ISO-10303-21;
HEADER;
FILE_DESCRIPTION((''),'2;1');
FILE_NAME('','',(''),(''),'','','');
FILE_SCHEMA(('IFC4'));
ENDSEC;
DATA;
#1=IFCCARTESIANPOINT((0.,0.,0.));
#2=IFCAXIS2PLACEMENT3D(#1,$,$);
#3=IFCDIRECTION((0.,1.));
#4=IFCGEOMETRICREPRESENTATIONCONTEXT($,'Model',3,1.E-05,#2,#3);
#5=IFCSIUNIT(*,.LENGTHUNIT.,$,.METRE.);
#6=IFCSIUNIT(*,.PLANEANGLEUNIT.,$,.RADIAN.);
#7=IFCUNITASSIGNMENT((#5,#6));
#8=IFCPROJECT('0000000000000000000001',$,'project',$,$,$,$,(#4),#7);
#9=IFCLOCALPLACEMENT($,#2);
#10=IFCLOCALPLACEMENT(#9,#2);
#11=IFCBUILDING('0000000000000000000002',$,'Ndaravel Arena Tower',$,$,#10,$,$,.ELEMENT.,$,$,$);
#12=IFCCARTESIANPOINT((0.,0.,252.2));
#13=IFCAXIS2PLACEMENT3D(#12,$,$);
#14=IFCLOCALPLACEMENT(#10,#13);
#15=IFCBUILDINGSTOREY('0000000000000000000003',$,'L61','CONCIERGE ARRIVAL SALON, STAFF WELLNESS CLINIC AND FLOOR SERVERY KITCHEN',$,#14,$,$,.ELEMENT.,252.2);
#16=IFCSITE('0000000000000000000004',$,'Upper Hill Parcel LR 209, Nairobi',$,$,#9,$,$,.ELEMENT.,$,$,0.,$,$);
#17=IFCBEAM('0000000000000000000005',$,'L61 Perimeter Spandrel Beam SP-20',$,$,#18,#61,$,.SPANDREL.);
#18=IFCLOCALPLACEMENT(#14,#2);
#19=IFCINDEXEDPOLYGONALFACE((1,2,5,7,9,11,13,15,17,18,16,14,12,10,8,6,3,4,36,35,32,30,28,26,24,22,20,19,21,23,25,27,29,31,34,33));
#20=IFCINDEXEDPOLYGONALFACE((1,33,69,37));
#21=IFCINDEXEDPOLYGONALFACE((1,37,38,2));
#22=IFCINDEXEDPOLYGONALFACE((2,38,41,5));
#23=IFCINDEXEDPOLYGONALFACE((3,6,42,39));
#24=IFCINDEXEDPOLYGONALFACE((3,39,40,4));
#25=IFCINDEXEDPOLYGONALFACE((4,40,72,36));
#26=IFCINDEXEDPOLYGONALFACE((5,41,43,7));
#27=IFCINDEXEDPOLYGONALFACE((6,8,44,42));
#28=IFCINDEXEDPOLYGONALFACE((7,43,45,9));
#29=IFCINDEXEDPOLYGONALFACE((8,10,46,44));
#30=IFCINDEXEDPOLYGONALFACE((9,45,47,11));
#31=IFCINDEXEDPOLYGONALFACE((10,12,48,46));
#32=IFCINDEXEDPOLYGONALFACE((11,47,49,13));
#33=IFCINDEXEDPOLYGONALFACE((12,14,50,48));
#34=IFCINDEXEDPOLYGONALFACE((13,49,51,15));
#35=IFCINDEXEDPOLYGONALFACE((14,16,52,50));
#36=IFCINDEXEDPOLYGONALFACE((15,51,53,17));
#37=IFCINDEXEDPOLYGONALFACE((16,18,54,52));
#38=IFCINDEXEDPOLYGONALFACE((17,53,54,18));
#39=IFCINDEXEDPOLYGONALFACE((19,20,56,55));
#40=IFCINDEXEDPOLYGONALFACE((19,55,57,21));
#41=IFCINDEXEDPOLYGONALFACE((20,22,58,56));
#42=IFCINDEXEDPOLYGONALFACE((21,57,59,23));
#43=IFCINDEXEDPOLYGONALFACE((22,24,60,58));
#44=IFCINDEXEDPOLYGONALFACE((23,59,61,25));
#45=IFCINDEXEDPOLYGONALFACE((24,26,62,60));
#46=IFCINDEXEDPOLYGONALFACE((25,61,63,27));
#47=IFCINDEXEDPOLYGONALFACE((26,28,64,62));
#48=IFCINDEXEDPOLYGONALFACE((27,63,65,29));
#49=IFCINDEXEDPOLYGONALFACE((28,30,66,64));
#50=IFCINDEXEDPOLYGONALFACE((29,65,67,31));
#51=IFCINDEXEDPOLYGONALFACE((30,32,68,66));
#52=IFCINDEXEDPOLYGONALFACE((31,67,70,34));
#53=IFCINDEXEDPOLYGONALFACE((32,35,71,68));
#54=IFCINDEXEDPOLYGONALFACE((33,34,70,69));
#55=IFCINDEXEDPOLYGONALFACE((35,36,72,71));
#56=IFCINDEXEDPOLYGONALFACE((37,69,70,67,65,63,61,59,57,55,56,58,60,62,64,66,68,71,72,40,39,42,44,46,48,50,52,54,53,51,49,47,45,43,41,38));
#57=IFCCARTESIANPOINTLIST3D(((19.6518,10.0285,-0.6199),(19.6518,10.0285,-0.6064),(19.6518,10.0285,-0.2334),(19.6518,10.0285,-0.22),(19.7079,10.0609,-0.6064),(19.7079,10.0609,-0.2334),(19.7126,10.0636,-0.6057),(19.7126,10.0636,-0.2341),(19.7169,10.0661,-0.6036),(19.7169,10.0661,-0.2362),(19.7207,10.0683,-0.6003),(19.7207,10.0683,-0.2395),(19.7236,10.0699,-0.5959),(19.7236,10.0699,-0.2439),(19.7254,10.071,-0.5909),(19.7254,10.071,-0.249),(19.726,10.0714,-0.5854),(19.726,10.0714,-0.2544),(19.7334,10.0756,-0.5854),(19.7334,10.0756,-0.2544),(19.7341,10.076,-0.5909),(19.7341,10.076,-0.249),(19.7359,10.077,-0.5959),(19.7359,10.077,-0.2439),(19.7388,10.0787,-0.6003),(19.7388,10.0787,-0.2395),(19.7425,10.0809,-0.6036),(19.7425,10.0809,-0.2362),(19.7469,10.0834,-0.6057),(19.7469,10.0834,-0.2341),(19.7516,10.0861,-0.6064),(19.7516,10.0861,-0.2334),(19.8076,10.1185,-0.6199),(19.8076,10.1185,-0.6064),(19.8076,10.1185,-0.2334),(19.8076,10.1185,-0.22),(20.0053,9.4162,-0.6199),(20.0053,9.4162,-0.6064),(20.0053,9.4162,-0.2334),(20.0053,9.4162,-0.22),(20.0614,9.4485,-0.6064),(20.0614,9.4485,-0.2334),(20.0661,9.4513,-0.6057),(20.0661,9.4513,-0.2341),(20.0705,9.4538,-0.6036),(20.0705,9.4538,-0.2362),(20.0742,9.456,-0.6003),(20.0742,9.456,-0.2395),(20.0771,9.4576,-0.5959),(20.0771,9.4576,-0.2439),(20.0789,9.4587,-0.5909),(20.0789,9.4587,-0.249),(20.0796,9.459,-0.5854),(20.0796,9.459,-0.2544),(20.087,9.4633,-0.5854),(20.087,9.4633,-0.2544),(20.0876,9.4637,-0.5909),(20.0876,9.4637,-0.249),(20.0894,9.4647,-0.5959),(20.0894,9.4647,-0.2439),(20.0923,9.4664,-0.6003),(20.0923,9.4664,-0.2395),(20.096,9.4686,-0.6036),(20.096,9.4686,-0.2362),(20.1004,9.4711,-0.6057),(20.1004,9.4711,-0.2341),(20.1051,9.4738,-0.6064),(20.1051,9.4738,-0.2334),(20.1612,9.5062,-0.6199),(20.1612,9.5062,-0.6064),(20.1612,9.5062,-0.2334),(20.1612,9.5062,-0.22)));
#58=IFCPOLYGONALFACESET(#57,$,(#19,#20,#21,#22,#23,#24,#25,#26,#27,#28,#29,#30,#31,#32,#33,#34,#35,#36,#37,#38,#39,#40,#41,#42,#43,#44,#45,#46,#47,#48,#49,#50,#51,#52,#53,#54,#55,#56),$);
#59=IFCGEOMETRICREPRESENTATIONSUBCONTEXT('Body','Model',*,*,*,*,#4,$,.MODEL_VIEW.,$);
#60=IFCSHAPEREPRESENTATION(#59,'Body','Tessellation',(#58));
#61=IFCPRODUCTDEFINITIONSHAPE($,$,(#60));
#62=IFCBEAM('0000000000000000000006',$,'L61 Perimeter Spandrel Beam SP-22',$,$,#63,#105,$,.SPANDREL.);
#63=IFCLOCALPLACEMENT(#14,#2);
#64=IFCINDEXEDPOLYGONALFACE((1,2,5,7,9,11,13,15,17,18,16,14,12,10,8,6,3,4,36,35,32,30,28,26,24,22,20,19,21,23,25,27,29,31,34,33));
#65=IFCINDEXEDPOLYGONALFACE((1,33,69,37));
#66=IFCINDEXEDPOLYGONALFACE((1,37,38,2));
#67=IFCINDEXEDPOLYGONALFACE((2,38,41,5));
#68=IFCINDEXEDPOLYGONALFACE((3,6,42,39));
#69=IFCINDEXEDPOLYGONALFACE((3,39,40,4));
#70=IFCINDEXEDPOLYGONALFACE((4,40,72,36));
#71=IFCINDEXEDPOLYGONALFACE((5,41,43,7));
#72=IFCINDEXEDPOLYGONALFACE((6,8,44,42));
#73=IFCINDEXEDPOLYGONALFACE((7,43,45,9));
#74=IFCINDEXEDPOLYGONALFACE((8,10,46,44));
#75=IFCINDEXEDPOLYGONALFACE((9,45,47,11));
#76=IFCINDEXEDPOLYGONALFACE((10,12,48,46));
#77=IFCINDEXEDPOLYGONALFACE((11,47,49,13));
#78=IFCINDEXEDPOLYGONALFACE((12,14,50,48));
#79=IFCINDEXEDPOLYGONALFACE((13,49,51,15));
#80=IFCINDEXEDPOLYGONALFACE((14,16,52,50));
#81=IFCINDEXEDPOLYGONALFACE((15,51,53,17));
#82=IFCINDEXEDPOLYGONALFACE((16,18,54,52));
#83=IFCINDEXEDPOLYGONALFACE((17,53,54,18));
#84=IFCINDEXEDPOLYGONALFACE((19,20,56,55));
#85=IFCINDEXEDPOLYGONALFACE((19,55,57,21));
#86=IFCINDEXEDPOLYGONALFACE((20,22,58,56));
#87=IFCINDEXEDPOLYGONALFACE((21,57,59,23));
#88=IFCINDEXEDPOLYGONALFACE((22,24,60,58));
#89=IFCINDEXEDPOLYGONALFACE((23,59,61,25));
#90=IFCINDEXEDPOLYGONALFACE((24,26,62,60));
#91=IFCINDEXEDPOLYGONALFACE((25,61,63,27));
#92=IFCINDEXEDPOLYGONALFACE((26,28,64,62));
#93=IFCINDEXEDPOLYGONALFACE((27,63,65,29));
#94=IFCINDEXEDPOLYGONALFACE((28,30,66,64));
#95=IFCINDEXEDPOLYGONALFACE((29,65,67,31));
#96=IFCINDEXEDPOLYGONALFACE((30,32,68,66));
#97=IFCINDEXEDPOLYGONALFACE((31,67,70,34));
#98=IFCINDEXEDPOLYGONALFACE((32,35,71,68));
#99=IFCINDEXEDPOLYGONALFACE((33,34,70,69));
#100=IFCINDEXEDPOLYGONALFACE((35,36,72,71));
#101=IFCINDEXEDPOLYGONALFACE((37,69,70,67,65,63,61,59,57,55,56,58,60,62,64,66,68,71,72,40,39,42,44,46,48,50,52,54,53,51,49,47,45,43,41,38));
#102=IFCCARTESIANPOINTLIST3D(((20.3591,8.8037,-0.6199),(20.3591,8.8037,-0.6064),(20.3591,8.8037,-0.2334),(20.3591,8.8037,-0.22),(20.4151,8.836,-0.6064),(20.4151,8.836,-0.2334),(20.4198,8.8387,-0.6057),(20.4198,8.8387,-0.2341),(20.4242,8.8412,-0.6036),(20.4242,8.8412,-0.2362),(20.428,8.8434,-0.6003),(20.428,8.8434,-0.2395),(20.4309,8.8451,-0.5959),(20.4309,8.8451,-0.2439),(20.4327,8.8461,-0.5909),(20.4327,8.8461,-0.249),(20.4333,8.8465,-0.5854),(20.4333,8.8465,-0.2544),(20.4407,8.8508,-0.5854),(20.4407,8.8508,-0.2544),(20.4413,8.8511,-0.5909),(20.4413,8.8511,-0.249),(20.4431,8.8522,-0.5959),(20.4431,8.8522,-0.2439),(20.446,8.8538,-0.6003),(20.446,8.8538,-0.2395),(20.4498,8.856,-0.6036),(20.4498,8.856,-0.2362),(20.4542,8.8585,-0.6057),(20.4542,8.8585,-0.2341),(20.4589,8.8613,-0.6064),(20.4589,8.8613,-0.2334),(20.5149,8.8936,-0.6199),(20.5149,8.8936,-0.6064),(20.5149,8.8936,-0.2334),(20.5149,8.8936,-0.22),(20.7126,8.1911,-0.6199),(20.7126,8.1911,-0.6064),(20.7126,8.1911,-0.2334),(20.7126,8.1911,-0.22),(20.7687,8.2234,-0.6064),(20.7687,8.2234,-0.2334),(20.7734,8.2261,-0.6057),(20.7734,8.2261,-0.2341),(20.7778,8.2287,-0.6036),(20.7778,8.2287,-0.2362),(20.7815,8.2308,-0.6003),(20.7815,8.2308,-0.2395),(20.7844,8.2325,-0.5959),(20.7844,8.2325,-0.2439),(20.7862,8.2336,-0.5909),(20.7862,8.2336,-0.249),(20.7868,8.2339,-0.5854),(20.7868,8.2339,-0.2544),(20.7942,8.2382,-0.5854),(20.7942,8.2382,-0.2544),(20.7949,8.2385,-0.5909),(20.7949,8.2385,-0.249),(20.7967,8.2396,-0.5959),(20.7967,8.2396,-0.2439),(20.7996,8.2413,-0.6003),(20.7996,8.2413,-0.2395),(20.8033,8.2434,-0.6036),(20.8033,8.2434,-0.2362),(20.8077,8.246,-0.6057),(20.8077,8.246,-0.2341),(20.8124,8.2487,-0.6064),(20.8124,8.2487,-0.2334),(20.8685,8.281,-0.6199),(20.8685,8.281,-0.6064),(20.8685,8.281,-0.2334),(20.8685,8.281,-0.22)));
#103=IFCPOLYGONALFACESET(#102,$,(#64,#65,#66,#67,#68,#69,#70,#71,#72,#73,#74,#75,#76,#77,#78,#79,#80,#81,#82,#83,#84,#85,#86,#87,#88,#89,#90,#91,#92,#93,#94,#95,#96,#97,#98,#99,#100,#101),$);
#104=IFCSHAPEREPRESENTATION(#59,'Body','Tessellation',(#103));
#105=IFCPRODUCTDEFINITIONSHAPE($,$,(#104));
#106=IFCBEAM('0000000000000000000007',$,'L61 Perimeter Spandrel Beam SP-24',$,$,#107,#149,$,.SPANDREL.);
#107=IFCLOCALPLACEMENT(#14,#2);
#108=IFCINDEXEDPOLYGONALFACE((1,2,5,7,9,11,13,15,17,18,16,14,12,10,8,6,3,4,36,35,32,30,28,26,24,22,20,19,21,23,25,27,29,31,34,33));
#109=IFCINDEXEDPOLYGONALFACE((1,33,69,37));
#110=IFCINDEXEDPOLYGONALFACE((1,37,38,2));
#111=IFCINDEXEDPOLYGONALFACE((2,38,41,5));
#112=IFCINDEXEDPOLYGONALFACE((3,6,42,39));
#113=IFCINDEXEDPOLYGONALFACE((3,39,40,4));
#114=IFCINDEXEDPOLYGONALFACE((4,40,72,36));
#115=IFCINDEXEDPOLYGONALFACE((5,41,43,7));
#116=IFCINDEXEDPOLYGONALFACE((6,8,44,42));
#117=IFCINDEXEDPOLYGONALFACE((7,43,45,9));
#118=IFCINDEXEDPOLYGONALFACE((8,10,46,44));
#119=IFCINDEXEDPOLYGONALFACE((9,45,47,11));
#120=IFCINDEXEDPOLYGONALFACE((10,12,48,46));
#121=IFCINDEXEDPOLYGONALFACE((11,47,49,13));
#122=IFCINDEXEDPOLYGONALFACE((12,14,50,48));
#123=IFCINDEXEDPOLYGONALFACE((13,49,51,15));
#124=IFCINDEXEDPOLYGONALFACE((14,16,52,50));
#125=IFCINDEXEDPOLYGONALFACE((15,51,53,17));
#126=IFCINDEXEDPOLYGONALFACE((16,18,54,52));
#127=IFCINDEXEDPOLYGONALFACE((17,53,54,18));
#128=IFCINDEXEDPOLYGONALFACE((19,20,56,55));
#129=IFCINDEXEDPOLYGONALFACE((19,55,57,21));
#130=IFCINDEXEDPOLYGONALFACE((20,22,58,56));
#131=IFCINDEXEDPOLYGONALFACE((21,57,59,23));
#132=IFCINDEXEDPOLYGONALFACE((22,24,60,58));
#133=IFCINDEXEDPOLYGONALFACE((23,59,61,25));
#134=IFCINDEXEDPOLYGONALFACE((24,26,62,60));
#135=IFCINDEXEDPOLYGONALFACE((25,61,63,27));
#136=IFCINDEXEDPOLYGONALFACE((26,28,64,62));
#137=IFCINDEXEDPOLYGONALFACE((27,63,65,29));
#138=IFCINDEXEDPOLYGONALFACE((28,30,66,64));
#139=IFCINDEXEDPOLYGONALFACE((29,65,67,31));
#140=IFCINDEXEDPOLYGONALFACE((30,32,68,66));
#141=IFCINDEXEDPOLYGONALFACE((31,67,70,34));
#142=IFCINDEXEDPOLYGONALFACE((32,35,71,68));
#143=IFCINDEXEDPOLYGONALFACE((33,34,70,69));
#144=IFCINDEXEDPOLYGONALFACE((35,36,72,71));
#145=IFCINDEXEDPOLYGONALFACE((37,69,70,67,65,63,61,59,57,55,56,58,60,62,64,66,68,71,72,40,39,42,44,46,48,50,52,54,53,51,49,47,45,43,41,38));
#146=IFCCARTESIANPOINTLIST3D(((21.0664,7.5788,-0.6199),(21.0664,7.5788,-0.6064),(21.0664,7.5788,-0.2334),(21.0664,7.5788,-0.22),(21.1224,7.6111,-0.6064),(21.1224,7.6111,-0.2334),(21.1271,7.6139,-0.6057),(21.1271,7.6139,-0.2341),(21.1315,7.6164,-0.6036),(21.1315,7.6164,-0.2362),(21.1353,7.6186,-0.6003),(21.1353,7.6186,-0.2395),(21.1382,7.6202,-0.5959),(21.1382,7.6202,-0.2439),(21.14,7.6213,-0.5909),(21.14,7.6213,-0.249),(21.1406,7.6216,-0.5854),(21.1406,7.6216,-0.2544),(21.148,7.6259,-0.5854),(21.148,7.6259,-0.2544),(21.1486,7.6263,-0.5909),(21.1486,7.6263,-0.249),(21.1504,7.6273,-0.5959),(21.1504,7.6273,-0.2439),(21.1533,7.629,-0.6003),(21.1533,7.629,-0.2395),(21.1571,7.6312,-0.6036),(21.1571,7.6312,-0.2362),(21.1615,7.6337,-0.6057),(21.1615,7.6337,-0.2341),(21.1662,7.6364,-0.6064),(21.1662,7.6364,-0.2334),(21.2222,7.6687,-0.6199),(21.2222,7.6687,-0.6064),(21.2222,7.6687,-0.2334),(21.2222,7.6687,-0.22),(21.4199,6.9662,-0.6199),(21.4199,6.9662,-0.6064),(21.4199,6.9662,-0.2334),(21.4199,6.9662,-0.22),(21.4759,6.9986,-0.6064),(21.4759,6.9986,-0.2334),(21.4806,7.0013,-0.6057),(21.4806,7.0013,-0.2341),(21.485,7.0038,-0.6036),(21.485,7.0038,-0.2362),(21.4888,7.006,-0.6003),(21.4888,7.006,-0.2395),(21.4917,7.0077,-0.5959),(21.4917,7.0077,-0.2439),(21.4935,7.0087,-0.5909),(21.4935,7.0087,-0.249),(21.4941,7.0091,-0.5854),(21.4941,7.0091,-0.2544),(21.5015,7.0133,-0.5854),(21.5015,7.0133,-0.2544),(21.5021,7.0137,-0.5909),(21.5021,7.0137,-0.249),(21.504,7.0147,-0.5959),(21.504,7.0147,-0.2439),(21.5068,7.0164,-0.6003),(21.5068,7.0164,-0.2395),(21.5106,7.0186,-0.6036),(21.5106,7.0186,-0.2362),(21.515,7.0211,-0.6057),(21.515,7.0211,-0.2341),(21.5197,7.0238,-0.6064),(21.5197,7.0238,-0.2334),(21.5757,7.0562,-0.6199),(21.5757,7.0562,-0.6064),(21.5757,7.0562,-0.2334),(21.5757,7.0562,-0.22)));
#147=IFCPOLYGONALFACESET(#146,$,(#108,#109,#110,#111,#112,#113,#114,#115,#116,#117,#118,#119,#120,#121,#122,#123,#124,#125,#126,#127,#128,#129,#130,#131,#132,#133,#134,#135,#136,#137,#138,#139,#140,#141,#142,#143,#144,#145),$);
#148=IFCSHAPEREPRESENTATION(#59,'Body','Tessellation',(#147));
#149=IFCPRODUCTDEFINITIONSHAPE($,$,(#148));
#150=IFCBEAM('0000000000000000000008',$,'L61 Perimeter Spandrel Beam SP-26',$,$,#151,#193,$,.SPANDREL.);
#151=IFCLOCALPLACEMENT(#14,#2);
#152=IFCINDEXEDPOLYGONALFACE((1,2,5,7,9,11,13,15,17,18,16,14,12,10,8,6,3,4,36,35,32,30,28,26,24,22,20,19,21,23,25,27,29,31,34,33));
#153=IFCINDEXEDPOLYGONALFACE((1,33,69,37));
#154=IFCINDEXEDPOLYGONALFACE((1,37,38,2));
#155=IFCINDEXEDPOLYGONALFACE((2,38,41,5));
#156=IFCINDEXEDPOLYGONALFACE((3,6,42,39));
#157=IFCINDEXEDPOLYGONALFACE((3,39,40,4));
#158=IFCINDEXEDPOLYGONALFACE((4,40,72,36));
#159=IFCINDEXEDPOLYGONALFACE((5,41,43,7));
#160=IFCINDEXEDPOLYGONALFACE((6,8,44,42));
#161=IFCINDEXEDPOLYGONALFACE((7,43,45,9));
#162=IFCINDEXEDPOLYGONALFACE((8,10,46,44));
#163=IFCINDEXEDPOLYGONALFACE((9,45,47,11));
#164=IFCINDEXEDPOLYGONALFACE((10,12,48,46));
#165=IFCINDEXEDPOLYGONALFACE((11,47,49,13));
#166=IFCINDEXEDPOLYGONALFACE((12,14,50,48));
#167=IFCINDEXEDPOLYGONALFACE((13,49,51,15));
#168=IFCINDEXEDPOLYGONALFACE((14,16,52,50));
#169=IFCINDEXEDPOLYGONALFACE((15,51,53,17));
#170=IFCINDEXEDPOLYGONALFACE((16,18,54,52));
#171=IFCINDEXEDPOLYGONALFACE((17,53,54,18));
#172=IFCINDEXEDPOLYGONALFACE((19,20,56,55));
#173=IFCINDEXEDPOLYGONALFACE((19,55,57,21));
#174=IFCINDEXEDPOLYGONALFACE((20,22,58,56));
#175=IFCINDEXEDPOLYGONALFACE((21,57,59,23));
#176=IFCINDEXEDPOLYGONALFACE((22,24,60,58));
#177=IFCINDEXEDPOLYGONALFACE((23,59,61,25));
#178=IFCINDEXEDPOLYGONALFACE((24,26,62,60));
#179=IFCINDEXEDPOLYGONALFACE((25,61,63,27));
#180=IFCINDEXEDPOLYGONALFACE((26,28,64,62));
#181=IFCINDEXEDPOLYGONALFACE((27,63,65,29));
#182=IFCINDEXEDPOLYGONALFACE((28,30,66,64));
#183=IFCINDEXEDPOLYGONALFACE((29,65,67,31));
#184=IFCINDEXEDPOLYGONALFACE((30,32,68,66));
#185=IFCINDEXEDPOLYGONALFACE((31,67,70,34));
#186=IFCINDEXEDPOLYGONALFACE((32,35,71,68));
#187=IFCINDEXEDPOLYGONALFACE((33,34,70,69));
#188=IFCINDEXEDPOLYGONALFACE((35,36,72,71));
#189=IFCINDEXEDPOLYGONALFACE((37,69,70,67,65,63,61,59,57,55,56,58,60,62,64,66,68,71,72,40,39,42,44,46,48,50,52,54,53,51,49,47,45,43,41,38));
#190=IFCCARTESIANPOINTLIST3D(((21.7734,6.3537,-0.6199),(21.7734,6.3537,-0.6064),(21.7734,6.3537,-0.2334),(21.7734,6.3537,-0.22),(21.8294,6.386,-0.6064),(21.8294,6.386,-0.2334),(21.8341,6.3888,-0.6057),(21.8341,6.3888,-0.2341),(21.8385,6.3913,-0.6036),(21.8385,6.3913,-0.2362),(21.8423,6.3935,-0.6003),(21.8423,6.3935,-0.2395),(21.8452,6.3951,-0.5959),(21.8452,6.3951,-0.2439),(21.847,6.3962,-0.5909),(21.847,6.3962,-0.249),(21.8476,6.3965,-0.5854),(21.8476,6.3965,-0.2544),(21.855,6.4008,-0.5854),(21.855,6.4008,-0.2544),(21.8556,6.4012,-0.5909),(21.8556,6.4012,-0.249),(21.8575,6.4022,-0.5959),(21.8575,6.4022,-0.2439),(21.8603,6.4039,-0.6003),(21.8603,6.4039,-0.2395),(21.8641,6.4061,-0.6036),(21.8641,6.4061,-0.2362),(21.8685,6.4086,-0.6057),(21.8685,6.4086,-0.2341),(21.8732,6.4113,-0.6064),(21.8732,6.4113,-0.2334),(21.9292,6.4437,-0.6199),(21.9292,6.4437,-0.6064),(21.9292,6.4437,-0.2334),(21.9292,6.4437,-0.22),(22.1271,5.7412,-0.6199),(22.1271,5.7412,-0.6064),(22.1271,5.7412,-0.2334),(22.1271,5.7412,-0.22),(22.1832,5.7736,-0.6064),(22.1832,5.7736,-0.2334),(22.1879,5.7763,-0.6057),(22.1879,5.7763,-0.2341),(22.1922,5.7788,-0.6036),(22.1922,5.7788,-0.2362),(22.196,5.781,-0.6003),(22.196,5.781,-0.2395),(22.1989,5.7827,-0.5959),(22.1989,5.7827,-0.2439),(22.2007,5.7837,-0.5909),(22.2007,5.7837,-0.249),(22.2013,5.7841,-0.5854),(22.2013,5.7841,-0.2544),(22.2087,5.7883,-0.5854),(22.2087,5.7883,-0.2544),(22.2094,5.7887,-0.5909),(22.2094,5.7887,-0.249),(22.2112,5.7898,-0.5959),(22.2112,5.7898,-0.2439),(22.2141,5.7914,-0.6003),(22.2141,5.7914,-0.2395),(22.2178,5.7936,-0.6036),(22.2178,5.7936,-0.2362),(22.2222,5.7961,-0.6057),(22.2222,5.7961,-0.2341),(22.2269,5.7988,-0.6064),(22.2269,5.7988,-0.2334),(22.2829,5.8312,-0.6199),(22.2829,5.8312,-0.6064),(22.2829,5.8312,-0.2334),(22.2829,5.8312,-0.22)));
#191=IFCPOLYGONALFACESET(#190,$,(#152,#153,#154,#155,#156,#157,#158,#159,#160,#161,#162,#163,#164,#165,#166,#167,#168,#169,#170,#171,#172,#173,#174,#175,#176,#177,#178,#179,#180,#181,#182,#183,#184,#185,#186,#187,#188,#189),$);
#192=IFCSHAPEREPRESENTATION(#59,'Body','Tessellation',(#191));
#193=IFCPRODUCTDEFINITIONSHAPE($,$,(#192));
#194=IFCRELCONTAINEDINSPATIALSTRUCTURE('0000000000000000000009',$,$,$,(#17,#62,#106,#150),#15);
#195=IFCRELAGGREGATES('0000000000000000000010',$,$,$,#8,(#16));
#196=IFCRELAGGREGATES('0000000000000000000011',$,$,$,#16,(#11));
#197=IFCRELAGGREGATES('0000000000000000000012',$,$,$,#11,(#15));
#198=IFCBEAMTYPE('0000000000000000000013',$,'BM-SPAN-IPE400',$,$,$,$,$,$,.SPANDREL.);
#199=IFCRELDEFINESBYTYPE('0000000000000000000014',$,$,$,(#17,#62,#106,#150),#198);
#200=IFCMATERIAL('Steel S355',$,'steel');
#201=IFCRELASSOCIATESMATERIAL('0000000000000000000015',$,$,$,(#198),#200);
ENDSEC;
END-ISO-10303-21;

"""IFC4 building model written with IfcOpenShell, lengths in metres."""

from ifc_helpers import new_model, si_unit, direction, frame, origin, origin_2d, place, context, subcontext, project, spatial, i_section, extrude, material, material_profile, profile_set, type_object, element, save


model = new_model("IFC4")

# Units and contexts
model_context = context("Model", 3, precision=1e-05, world=origin(), true_north=direction((0.0, 1.0)))
body_context = subcontext(model_context, "Body", "Model", "MODEL_VIEW")
ifc_project = project(units=[si_unit("LENGTHUNIT", "METRE"), si_unit("PLANEANGLEUNIT", "RADIAN")], contexts=[model_context])

# Site, building, storey
site_placement = place(None, origin())
site = spatial("IfcSite", under=ifc_project, at=site_placement, Name="Upper Hill Parcel LR 209, Nairobi", CompositionType="ELEMENT", RefElevation=0.0)
building_placement = place(site_placement, origin())
building = spatial("IfcBuilding", under=site, at=building_placement, Name="Ndaravel Arena Tower", CompositionType="ELEMENT")
storey_placement = place(building_placement, frame((0.0, 0.0, 252.2)))
storey = spatial("IfcBuildingStorey", under=building, at=storey_placement, Name="L61", Description="CONCIERGE ARRIVAL SALON, STAFF WELLNESS CLINIC AND FLOOR SERVERY KITCHEN", CompositionType="ELEMENT", Elevation=252.2)

# Beams
ifc_material_1 = material(Name="Steel S355", Category="steel")
ifc_material_profile_1 = material_profile(ifc_material_1, i_section(OverallWidth=0.1799, OverallDepth=0.3999, WebThickness=0.0085, FlangeThickness=0.0134, FilletRadius=0.021, at=origin_2d()), Name="IPE 400")
ifc_profile_set_1 = profile_set([ifc_material_profile_1], Name="Steel S355")
beam_type = type_object("IfcBeamType", Name="BM-SPAN-IPE400", PredefinedType="SPANDREL", material=ifc_profile_set_1)
beam_1_placement = place(storey_placement, frame((19.7297, 10.0735, -0.4199), z_axis=(0.500001, -0.866025, 0.0), x_axis=(0.866025, 0.500001, 0.0)))
element("IfcBeam", 1, at=beam_1_placement, inside=storey, type_object=beam_type, Name="L61 Perimeter Spandrel Beam SP-20", PredefinedType="SPANDREL", context=body_context, shape_type="SweptSolid", body=[
    extrude(i_section(OverallWidth=0.1799, OverallDepth=0.3999, WebThickness=0.0085, FlangeThickness=0.0134, FilletRadius=0.021, at=origin_2d()), origin(), (0.0, 0.0, 1.0), 0.707),
])
for number, where, z_axis, x_axis, name in (
    (2, (20.437, 8.8486, -0.4199), (0.499852, -0.866111, 0.0), (0.866111, 0.499852, 0.0), "L61 Perimeter Spandrel Beam SP-22"),
    (3, (21.1443, 7.6238, -0.4199), (0.499852, -0.866111, 0.0), (0.866111, 0.499852, 0.0), "L61 Perimeter Spandrel Beam SP-24"),
    (4, (21.8513, 6.3987, -0.4199), (0.500111, -0.865961, 0.0), (0.865961, 0.500111, 0.0), "L61 Perimeter Spandrel Beam SP-26"),
):
    element("IfcBeam", number, at=place(storey_placement, frame(where, z_axis=z_axis, x_axis=x_axis)), inside=storey, type_object=beam_type, Name=name, PredefinedType="SPANDREL", context=body_context, shape_type="SweptSolid", body=[
        extrude(i_section(OverallWidth=0.1799, OverallDepth=0.3999, WebThickness=0.0085, FlangeThickness=0.0134, FilletRadius=0.021, at=origin_2d()), origin(), (0.0, 0.0, 1.0), 0.7073),
    ])

save(model, "model.ifc")
